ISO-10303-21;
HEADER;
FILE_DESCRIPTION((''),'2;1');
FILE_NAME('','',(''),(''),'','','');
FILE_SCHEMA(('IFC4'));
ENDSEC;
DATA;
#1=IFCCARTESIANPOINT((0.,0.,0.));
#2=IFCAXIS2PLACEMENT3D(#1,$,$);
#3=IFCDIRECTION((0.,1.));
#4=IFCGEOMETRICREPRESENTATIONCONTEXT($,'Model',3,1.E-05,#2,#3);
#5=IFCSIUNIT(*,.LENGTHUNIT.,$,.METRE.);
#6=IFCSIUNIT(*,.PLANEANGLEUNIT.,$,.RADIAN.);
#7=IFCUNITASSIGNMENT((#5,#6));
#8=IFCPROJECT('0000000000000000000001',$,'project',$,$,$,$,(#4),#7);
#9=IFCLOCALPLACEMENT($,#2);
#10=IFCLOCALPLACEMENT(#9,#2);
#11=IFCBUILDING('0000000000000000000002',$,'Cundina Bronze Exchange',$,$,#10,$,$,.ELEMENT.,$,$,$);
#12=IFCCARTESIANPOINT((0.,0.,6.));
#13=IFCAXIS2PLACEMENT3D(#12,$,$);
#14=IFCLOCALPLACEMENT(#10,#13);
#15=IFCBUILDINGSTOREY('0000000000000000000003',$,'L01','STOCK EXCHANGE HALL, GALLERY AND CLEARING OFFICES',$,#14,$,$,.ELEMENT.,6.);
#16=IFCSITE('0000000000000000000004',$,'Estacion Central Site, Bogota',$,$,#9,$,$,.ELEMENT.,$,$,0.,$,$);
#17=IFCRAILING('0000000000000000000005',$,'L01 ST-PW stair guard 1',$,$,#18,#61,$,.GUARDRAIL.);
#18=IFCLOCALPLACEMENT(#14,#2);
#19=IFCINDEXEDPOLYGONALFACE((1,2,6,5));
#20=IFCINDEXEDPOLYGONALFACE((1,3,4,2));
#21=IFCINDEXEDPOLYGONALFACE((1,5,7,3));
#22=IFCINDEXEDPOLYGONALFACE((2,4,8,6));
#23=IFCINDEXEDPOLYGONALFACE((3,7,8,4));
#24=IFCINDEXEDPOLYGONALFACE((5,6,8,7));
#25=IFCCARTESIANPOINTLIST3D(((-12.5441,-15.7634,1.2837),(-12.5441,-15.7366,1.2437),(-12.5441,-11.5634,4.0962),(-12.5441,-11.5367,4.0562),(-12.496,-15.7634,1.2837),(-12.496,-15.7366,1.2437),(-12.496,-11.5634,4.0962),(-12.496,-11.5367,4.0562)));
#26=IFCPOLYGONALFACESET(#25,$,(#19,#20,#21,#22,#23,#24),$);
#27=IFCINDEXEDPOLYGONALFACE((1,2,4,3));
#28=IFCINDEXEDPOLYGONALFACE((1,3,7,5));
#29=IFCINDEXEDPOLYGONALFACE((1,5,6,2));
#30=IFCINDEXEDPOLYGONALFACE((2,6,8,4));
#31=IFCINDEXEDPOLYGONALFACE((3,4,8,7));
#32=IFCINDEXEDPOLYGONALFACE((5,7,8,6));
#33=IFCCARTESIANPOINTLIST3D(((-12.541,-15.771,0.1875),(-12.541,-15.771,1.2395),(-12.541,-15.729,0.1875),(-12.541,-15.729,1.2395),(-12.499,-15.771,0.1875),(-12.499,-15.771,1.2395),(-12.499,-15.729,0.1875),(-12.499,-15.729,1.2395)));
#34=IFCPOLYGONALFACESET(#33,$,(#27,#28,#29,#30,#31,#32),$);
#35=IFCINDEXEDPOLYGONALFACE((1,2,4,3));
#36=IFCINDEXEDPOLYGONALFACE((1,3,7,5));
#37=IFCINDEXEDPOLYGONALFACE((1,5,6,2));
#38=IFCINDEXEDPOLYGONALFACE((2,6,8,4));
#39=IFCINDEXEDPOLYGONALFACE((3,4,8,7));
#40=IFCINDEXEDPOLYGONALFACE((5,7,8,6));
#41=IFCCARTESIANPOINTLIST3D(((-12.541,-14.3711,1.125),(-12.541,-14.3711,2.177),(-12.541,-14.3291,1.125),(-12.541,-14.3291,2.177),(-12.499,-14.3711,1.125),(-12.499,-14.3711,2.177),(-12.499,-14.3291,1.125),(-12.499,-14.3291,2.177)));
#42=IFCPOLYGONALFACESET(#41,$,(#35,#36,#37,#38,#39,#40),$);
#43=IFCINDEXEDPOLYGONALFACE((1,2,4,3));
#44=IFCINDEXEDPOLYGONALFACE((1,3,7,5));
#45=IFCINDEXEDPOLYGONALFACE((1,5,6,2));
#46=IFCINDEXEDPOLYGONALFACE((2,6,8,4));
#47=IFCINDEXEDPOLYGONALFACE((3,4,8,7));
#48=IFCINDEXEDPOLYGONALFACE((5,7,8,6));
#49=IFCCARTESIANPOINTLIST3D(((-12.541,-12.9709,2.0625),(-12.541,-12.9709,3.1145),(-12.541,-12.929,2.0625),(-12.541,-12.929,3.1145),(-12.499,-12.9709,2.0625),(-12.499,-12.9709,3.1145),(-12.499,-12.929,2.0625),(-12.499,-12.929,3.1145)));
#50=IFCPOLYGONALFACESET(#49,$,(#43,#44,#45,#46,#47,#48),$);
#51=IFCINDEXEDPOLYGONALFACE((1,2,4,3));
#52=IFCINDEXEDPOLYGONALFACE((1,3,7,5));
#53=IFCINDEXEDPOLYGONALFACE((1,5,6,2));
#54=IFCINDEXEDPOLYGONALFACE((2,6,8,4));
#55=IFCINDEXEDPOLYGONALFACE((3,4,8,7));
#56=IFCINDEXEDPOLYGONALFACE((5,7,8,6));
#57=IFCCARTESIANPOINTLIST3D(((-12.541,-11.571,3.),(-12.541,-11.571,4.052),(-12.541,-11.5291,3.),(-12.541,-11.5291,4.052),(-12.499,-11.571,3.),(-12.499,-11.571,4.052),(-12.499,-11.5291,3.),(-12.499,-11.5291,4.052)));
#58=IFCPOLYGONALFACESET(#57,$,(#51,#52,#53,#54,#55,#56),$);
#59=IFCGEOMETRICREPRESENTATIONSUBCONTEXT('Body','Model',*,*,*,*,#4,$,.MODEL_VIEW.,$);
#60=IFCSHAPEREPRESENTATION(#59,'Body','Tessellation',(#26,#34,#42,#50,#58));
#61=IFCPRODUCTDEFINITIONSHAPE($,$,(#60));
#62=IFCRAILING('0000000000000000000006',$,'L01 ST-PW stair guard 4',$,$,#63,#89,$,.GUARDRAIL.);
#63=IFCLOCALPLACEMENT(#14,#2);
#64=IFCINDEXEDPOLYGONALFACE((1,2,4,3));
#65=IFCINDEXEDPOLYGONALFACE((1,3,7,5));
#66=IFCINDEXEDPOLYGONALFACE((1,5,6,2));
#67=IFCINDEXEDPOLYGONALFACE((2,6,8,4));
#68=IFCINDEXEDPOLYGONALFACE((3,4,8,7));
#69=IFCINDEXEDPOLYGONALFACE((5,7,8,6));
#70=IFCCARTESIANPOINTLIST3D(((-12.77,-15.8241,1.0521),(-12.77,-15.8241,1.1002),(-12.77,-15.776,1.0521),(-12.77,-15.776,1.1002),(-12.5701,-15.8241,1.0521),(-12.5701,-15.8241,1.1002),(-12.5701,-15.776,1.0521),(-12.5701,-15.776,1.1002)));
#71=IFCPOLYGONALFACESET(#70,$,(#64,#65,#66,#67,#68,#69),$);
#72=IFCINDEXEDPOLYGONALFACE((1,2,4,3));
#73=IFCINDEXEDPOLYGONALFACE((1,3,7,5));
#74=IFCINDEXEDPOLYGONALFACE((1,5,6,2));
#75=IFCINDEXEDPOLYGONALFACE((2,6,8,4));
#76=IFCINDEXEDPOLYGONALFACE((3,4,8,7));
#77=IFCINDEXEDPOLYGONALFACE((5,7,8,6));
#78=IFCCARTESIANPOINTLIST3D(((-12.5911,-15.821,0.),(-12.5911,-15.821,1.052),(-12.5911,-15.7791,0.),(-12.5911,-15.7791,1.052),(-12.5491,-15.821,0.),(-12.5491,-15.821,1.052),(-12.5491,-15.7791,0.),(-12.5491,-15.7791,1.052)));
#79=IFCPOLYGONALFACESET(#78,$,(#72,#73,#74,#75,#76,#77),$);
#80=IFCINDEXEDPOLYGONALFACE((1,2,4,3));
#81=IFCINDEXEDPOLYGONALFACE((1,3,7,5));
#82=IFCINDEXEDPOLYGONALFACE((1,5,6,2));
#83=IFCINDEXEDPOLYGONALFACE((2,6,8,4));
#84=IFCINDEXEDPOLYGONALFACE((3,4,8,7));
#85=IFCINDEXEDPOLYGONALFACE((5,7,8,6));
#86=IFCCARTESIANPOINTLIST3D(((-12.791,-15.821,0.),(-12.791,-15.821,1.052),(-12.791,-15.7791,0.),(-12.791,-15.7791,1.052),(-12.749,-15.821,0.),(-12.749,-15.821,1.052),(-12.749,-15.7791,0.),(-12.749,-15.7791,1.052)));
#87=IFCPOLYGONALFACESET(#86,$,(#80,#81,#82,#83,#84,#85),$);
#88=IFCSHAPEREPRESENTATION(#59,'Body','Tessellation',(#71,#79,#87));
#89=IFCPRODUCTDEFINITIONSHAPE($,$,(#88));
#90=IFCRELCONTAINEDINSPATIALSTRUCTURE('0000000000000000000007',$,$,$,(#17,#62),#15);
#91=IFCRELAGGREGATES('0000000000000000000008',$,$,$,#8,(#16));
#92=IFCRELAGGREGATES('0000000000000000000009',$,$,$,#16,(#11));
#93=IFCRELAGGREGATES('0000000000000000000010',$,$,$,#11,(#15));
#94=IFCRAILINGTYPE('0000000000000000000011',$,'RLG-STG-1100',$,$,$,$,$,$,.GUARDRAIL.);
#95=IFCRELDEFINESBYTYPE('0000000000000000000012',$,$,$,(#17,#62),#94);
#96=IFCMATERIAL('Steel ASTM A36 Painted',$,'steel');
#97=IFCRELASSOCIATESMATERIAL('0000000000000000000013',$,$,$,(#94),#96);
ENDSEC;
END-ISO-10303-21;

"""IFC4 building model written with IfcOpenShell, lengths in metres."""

from ifc_helpers import new_model, si_unit, direction, frame, origin, origin_2d, place, context, subcontext, project, spatial, rectangle, extrude, material, type_object, element, save


model = new_model("IFC4")

# Units and contexts
model_context = context("Model", 3, precision=1e-05, world=origin(), true_north=direction((0.0, 1.0)))
body_context = subcontext(model_context, "Body", "Model", "MODEL_VIEW")
ifc_project = project(units=[si_unit("LENGTHUNIT", "METRE"), si_unit("PLANEANGLEUNIT", "RADIAN")], contexts=[model_context])

# Site, building, storey
site_placement = place(None, origin())
site = spatial("IfcSite", under=ifc_project, at=site_placement, Name="Estacion Central Site, Bogota", CompositionType="ELEMENT", RefElevation=0.0)
building_placement = place(site_placement, origin())
building = spatial("IfcBuilding", under=site, at=building_placement, Name="Cundina Bronze Exchange", CompositionType="ELEMENT")
storey_placement = place(building_placement, frame((0.0, 0.0, 6.0)))
storey = spatial("IfcBuildingStorey", under=building, at=storey_placement, Name="L01", Description="STOCK EXCHANGE HALL, GALLERY AND CLEARING OFFICES", CompositionType="ELEMENT", Elevation=6.0)

# Shared definitions
ifc_material_1 = material(Name="Steel ASTM A36 Painted", Category="steel")

# Railings
railing_type_1 = type_object("IfcRailingType", Name="RLG-STG-1100", PredefinedType="GUARDRAIL", material=ifc_material_1)
railing_1_placement = place(storey_placement, frame((-12.52, -15.75, 0.1875)))
element("IfcRailing", 1, at=railing_1_placement, inside=storey, type_object=railing_type_1, Name="L01 ST-PW stair guard 1", PredefinedType="GUARDRAIL", context=body_context, shape_type="SweptSolid", body=[
    extrude(rectangle(XDim=0.0481, YDim=0.0481, at=origin_2d()), frame((0.0, 0.0, 1.0762), z_axis=(0.0, 0.830904, 0.556416), x_axis=(-1.0, 0.0, 0.0)), (0.0, 0.0, 1.0), 5.0547),
    extrude(rectangle(XDim=0.042, YDim=0.042, at=origin_2d()), origin(), (0.0, 0.0, 1.0), 1.052),
    extrude(rectangle(XDim=0.042, YDim=0.042, at=origin_2d()), frame((0.0, 1.3999, 0.9375)), (0.0, 0.0, 1.0), 1.052),
    extrude(rectangle(XDim=0.042, YDim=0.042, at=origin_2d()), frame((0.0, 2.8, 1.875)), (0.0, 0.0, 1.0), 1.052),
    extrude(rectangle(XDim=0.042, YDim=0.042, at=origin_2d()), frame((0.0, 4.2, 2.8125)), (0.0, 0.0, 1.0), 1.052),
])
railing_2_placement = place(storey_placement, frame((-12.5701, -15.8, 0.0)))
element("IfcRailing", 2, at=railing_2_placement, inside=storey, type_object=railing_type_1, Name="L01 ST-PW stair guard 4", PredefinedType="GUARDRAIL", context=body_context, shape_type="SweptSolid", body=[
    extrude(rectangle(XDim=0.0481, YDim=0.0481, at=origin_2d()), frame((0.0, 0.0, 1.0762), z_axis=(-1.0, 0.0, 0.0), x_axis=(0.0, -1.0, 0.0)), (0.0, 0.0, 1.0), 0.2),
    extrude(rectangle(XDim=0.042, YDim=0.042, at=origin_2d()), origin(), (0.0, 0.0, 1.0), 1.052),
    extrude(rectangle(XDim=0.042, YDim=0.042, at=origin_2d()), frame((-0.2, 0.0, 0.0)), (0.0, 0.0, 1.0), 1.052),
])

save(model, "model.ifc")
